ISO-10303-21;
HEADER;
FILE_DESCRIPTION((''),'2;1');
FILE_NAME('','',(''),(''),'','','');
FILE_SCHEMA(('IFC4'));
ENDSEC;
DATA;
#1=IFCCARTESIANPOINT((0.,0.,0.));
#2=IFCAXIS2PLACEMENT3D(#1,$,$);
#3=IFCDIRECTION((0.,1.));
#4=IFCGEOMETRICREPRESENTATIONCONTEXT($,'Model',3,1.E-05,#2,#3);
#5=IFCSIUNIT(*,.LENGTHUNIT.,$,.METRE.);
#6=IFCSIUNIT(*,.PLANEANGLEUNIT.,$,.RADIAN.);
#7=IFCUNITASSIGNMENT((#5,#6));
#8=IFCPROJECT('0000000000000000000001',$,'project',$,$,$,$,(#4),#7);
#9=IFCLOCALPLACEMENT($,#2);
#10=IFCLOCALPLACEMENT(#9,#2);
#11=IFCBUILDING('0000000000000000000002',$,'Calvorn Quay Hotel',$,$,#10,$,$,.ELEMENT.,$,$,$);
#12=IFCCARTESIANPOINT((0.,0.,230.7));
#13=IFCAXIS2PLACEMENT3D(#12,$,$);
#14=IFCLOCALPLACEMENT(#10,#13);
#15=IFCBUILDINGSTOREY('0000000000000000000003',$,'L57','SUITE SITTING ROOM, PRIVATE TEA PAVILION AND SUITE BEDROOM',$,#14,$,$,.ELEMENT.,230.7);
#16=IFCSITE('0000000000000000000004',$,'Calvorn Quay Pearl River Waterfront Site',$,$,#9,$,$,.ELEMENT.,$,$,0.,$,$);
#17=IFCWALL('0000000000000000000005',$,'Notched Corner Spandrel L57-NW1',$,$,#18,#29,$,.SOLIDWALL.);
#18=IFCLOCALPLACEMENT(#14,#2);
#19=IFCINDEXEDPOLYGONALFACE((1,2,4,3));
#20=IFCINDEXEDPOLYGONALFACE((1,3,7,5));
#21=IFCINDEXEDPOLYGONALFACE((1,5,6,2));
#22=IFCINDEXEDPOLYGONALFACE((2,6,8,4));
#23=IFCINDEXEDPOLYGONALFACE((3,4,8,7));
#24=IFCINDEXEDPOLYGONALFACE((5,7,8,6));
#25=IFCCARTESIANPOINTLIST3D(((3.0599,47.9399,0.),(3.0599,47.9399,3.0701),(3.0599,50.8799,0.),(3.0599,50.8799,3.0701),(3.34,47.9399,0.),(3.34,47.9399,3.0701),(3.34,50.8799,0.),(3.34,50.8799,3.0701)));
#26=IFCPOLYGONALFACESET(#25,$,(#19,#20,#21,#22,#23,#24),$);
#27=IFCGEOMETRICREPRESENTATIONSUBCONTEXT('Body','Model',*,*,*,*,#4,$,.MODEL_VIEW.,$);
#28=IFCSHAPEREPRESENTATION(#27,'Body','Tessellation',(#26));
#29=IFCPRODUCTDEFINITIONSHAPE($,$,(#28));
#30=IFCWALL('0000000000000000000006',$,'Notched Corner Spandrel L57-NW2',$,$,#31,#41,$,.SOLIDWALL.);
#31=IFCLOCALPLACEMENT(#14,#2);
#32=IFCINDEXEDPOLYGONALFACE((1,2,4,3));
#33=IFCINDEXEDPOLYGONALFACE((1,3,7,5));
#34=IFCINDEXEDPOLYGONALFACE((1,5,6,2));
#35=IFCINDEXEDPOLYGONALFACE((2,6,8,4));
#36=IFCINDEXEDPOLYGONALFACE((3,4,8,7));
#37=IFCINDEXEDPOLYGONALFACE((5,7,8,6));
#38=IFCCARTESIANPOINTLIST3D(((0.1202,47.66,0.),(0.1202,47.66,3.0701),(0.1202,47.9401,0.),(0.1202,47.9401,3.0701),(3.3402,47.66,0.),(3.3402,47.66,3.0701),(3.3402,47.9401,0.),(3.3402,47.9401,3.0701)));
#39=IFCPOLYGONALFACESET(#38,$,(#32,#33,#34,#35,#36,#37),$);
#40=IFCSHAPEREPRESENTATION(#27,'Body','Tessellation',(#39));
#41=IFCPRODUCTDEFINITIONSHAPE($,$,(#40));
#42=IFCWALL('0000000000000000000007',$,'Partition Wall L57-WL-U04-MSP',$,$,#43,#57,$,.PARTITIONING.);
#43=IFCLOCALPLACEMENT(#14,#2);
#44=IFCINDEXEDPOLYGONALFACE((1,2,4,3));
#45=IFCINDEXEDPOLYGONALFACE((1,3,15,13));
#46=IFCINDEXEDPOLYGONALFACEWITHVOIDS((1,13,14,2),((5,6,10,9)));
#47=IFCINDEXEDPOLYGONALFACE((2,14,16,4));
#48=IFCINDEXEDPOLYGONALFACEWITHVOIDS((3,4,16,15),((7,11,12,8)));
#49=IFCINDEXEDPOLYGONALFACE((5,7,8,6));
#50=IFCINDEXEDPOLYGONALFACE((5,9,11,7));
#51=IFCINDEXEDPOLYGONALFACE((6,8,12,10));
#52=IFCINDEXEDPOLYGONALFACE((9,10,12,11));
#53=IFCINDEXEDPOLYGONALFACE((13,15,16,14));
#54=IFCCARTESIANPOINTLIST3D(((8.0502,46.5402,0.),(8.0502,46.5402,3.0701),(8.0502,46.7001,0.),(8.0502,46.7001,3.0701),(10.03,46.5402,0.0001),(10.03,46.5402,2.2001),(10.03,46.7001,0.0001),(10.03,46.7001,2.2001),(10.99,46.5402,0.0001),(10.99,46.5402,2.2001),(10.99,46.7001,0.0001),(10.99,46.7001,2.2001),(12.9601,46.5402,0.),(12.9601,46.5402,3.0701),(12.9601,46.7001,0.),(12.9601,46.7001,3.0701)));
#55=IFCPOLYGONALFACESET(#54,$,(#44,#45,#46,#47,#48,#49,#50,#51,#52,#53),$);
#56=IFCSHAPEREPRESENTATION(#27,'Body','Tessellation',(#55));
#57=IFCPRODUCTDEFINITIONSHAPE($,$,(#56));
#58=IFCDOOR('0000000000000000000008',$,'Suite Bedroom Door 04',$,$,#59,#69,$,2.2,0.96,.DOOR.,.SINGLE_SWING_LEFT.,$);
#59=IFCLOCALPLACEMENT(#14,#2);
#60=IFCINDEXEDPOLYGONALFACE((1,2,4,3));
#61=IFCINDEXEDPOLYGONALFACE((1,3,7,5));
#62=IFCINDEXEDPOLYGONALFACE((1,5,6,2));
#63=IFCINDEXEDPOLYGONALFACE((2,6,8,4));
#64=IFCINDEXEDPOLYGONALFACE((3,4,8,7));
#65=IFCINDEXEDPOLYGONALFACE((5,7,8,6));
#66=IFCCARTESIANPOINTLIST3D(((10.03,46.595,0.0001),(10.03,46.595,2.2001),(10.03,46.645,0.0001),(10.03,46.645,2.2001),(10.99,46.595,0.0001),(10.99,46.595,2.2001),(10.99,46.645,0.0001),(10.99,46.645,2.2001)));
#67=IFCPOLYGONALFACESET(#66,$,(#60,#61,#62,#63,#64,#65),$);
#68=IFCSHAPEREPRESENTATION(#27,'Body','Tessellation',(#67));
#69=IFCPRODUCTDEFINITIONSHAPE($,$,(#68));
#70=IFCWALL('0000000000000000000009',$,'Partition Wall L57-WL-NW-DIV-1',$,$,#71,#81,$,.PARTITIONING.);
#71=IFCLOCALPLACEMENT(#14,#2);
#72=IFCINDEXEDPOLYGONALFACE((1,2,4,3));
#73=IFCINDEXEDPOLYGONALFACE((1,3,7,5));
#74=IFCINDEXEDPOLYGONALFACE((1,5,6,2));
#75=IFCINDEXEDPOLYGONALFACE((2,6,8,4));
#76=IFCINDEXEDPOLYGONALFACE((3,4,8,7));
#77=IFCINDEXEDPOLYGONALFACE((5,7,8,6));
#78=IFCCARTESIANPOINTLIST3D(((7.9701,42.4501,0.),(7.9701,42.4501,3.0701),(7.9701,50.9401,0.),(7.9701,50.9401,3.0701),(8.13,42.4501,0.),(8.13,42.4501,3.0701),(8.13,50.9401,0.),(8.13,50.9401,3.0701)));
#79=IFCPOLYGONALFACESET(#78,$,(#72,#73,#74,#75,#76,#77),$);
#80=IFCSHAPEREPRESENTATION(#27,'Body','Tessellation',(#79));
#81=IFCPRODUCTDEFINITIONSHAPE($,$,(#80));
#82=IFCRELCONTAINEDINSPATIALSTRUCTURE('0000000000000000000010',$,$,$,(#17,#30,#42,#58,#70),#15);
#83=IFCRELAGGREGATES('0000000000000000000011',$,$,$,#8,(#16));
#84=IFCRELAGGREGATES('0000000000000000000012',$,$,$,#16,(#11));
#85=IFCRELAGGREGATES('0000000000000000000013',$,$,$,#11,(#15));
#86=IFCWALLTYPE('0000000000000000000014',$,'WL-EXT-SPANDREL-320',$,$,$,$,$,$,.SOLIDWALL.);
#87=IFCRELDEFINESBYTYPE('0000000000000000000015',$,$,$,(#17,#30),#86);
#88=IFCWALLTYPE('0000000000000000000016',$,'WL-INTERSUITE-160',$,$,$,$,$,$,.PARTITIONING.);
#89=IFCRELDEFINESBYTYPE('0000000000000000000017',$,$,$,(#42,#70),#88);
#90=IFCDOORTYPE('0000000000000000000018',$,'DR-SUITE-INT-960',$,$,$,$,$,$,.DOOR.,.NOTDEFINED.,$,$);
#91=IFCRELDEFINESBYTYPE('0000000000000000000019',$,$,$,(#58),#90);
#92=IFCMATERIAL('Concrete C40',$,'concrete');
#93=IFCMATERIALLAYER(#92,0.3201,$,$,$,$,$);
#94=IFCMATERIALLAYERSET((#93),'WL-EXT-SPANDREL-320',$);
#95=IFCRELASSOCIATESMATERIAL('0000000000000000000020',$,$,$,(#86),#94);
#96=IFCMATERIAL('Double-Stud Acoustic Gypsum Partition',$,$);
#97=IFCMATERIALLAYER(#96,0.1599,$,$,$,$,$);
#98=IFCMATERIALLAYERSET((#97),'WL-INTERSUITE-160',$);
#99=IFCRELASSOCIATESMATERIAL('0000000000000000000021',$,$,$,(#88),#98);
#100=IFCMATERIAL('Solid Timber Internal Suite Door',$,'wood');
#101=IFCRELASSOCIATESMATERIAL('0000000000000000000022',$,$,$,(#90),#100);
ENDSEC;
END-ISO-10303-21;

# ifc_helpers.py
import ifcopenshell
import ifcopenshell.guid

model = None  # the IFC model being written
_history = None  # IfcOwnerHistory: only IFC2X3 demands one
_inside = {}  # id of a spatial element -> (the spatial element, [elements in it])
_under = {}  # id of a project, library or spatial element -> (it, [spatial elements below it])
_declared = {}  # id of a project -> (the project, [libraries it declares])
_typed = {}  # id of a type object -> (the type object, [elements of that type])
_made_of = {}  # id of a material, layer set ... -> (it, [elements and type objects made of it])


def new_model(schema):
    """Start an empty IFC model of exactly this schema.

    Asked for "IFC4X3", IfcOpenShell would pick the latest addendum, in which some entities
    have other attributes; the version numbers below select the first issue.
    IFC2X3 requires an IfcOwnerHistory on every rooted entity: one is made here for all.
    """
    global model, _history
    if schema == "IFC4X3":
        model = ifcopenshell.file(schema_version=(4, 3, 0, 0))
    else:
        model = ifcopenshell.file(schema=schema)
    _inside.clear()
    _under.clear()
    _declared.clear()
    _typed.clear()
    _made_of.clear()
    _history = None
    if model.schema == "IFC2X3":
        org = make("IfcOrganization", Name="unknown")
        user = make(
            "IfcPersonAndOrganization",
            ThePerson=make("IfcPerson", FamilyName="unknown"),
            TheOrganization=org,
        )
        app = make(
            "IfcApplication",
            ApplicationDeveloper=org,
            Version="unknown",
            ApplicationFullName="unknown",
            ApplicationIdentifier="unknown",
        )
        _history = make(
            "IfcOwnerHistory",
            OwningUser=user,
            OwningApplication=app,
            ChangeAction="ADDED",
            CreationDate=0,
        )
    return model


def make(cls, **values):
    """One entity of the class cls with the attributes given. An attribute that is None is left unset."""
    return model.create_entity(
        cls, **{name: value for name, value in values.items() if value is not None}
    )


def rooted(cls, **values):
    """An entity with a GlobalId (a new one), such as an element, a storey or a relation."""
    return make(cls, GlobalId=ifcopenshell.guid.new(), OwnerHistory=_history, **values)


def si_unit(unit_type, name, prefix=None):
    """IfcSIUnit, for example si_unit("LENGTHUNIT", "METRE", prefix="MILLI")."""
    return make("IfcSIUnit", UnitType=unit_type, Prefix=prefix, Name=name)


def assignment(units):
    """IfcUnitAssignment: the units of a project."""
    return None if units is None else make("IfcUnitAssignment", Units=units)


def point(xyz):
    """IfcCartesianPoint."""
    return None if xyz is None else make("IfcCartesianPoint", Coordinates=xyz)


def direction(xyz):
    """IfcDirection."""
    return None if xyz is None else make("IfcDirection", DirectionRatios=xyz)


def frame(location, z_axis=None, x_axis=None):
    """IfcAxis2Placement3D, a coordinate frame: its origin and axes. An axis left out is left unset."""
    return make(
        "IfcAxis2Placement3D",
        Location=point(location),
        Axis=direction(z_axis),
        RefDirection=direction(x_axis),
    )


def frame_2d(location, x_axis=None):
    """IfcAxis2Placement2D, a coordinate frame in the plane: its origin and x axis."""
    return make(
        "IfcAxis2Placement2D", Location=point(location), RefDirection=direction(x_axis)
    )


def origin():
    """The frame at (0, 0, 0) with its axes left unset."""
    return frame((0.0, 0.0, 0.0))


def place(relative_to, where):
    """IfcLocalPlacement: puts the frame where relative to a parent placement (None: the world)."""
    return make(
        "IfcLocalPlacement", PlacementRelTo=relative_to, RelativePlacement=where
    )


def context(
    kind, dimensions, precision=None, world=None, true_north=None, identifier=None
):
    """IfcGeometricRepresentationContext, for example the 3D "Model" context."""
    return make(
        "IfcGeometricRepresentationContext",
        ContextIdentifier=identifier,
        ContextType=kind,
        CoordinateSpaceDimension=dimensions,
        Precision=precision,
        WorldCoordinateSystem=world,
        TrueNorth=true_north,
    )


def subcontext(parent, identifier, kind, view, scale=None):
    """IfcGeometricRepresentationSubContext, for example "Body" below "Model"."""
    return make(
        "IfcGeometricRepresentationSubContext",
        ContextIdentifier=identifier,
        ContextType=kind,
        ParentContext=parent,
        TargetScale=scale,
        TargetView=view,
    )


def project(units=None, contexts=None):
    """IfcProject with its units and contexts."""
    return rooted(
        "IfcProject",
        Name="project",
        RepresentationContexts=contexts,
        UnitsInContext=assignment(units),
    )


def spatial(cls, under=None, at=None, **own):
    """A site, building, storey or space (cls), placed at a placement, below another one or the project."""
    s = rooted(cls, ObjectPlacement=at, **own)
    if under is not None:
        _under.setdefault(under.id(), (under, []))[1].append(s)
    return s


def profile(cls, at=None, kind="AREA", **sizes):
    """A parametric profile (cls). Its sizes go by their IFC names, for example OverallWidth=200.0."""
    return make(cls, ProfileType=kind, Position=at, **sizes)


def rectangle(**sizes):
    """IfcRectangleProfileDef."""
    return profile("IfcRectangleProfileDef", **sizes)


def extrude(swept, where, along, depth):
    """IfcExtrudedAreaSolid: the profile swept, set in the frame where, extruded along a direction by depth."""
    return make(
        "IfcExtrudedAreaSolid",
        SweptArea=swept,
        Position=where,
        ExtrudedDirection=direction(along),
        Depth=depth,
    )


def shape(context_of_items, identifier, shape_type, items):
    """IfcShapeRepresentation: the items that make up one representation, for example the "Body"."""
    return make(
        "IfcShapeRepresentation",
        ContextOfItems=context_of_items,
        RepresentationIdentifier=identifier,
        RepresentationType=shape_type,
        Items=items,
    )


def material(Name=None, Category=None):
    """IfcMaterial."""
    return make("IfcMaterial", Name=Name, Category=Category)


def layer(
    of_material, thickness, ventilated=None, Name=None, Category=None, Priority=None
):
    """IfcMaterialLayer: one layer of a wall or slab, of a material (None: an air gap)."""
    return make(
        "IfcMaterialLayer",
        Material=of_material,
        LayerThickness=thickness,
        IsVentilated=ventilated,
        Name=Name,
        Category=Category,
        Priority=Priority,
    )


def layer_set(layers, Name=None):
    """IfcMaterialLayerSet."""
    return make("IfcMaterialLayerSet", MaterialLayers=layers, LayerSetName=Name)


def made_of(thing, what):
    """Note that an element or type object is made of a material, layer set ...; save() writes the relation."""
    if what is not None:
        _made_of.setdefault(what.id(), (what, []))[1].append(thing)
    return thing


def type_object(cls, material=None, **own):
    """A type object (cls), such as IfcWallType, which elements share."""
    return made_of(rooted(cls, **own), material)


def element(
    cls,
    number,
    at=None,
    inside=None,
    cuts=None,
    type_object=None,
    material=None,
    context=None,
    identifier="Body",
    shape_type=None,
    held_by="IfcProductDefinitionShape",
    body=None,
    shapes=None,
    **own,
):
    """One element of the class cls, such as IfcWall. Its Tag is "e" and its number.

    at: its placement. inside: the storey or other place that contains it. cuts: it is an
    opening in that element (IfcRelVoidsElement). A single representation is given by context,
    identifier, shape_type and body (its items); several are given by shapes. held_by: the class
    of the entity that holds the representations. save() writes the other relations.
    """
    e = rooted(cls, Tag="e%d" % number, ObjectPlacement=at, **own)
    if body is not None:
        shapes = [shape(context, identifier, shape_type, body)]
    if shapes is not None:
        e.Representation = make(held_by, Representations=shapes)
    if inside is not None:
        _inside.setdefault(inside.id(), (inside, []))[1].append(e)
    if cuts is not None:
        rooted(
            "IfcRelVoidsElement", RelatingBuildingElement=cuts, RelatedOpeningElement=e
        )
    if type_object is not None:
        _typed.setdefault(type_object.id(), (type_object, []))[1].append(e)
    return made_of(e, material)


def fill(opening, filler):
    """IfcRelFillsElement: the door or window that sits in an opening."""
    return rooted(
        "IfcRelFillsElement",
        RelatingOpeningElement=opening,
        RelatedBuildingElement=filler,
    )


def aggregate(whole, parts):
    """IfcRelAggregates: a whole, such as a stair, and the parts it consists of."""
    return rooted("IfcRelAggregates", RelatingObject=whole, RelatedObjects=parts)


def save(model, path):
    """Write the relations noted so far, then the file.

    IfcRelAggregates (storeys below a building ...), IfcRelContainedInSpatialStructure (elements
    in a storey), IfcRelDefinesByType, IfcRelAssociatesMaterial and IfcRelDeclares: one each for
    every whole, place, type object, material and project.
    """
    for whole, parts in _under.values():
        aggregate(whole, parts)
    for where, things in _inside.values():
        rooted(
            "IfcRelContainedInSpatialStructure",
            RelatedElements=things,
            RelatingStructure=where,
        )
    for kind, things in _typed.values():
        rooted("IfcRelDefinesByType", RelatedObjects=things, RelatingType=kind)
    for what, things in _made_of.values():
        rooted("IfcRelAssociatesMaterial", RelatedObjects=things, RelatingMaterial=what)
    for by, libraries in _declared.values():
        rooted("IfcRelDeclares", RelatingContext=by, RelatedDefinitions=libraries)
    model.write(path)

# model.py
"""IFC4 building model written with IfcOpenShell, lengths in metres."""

from ifc_helpers import new_model, si_unit, direction, frame, frame_2d, origin, place, context, subcontext, project, spatial, rectangle, extrude, material, layer, layer_set, type_object, element, fill, save


model = new_model("IFC4")

# Units and contexts
model_context = context("Model", 3, precision=1e-05, world=origin(), true_north=direction((0.0, 1.0)))
body_context = subcontext(model_context, "Body", "Model", "MODEL_VIEW")
ifc_project = project(units=[si_unit("LENGTHUNIT", "METRE"), si_unit("PLANEANGLEUNIT", "RADIAN")], contexts=[model_context])

# Site, building, storey
site_placement = place(None, origin())
site = spatial("IfcSite", under=ifc_project, at=site_placement, Name="Calvorn Quay Pearl River Waterfront Site", CompositionType="ELEMENT", RefElevation=0.0)
building_placement = place(site_placement, origin())
building = spatial("IfcBuilding", under=site, at=building_placement, Name="Calvorn Quay Hotel", CompositionType="ELEMENT")
storey_placement = place(building_placement, frame((0.0, 0.0, 230.7)))
storey = spatial("IfcBuildingStorey", under=building, at=storey_placement, Name="L57", Description="SUITE SITTING ROOM, PRIVATE TEA PAVILION AND SUITE BEDROOM", CompositionType="ELEMENT", Elevation=230.7)

# Walls
ifc_material_1 = material(Name="Concrete C40", Category="concrete")
ifc_layer_1 = layer(ifc_material_1, 0.3201)
ifc_layer_set_1 = layer_set([ifc_layer_1], Name="WL-EXT-SPANDREL-320")
wall_type_1 = type_object("IfcWallType", Name="WL-EXT-SPANDREL-320", PredefinedType="SOLIDWALL", material=ifc_layer_set_1)
wall_1_placement = place(storey_placement, frame((3.2, 50.8799, 0.0), z_axis=(0.0, 0.0, 1.0), x_axis=(0.0, -1.0, 0.0)))
element("IfcWall", 1, at=wall_1_placement, inside=storey, type_object=wall_type_1, Name="Notched Corner Spandrel L57-NW1", PredefinedType="SOLIDWALL", context=body_context, shape_type="SweptSolid", body=[
    extrude(rectangle(XDim=2.9399, YDim=0.28, at=frame_2d((1.47, 0.0))), origin(), (0.0, 0.0, 1.0), 3.0701),
])
wall_2_placement = place(storey_placement, frame((3.3401, 47.8, 0.0), z_axis=(0.0, 0.0, 1.0), x_axis=(-1.0, 0.0, 0.0)))
element("IfcWall", 2, at=wall_2_placement, inside=storey, type_object=wall_type_1, Name="Notched Corner Spandrel L57-NW2", PredefinedType="SOLIDWALL", context=body_context, shape_type="SweptSolid", body=[
    extrude(rectangle(XDim=3.22, YDim=0.28, at=frame_2d((1.6099, 0.0))), origin(), (0.0, 0.0, 1.0), 3.0701),
])

# Wall, opening, door
ifc_material_2 = material(Name="Double-Stud Acoustic Gypsum Partition")
ifc_layer_2 = layer(ifc_material_2, 0.1599)
ifc_layer_set_2 = layer_set([ifc_layer_2], Name="WL-INTERSUITE-160")
wall_type_2 = type_object("IfcWallType", Name="WL-INTERSUITE-160", PredefinedType="PARTITIONING", material=ifc_layer_set_2)
wall_3_placement = place(storey_placement, frame((8.05, 46.6201, 0.0), z_axis=(0.0, 0.0, 1.0), x_axis=(1.0, 0.0, 0.0)))
wall_3 = element("IfcWall", 3, at=wall_3_placement, inside=storey, type_object=wall_type_2, Name="Partition Wall L57-WL-U04-MSP", PredefinedType="PARTITIONING", context=body_context, shape_type="SweptSolid", body=[
    extrude(rectangle(XDim=4.9099, YDim=0.1599, at=frame_2d((2.4551, 0.0))), origin(), (0.0, 0.0, 1.0), 3.0701),
])
opening_placement = place(wall_3_placement, frame((1.98, 0.0, 0.0)))
opening = element("IfcOpeningElement", 4, at=opening_placement, cuts=wall_3, PredefinedType="OPENING", context=body_context, shape_type="SweptSolid", body=[
    extrude(rectangle(XDim=0.96, YDim=2.2, at=frame_2d((0.48, 1.1001))), frame((0.0, 0.0898, 0.0), z_axis=(0.0, -1.0, 0.0), x_axis=(1.0, 0.0, 0.0)), (0.0, 0.0, 1.0), 0.1799),
])
ifc_material_3 = material(Name="Solid Timber Internal Suite Door", Category="wood")
door_type = type_object("IfcDoorType", Name="DR-SUITE-INT-960", OperationType="NOTDEFINED", PredefinedType="DOOR", material=ifc_material_3)
door_placement = place(opening_placement, origin())
door = element("IfcDoor", 5, at=door_placement, inside=storey, type_object=door_type, Name="Suite Bedroom Door 04", OperationType="SINGLE_SWING_LEFT", OverallHeight=2.2, OverallWidth=0.96, PredefinedType="DOOR", context=body_context, shape_type="SweptSolid", body=[
    extrude(rectangle(XDim=0.96, YDim=2.2, at=frame_2d((0.48, 1.1001))), frame((0.0, 0.0249, 0.0), z_axis=(0.0, -1.0, 0.0), x_axis=(1.0, 0.0, 0.0)), (0.0, 0.0, 1.0), 0.05),
])
fill(opening, door)

# Wall
wall_4_placement = place(storey_placement, frame((8.05, 42.45, 0.0), z_axis=(0.0, 0.0, 1.0), x_axis=(0.0, 1.0, 0.0)))
element("IfcWall", 6, at=wall_4_placement, inside=storey, type_object=wall_type_2, Name="Partition Wall L57-WL-NW-DIV-1", PredefinedType="PARTITIONING", context=body_context, shape_type="SweptSolid", body=[
    extrude(rectangle(XDim=8.49, YDim=0.1599, at=frame_2d((4.2451, 0.0))), origin(), (0.0, 0.0, 1.0), 3.0701),
])

save(model, "model.ifc")
